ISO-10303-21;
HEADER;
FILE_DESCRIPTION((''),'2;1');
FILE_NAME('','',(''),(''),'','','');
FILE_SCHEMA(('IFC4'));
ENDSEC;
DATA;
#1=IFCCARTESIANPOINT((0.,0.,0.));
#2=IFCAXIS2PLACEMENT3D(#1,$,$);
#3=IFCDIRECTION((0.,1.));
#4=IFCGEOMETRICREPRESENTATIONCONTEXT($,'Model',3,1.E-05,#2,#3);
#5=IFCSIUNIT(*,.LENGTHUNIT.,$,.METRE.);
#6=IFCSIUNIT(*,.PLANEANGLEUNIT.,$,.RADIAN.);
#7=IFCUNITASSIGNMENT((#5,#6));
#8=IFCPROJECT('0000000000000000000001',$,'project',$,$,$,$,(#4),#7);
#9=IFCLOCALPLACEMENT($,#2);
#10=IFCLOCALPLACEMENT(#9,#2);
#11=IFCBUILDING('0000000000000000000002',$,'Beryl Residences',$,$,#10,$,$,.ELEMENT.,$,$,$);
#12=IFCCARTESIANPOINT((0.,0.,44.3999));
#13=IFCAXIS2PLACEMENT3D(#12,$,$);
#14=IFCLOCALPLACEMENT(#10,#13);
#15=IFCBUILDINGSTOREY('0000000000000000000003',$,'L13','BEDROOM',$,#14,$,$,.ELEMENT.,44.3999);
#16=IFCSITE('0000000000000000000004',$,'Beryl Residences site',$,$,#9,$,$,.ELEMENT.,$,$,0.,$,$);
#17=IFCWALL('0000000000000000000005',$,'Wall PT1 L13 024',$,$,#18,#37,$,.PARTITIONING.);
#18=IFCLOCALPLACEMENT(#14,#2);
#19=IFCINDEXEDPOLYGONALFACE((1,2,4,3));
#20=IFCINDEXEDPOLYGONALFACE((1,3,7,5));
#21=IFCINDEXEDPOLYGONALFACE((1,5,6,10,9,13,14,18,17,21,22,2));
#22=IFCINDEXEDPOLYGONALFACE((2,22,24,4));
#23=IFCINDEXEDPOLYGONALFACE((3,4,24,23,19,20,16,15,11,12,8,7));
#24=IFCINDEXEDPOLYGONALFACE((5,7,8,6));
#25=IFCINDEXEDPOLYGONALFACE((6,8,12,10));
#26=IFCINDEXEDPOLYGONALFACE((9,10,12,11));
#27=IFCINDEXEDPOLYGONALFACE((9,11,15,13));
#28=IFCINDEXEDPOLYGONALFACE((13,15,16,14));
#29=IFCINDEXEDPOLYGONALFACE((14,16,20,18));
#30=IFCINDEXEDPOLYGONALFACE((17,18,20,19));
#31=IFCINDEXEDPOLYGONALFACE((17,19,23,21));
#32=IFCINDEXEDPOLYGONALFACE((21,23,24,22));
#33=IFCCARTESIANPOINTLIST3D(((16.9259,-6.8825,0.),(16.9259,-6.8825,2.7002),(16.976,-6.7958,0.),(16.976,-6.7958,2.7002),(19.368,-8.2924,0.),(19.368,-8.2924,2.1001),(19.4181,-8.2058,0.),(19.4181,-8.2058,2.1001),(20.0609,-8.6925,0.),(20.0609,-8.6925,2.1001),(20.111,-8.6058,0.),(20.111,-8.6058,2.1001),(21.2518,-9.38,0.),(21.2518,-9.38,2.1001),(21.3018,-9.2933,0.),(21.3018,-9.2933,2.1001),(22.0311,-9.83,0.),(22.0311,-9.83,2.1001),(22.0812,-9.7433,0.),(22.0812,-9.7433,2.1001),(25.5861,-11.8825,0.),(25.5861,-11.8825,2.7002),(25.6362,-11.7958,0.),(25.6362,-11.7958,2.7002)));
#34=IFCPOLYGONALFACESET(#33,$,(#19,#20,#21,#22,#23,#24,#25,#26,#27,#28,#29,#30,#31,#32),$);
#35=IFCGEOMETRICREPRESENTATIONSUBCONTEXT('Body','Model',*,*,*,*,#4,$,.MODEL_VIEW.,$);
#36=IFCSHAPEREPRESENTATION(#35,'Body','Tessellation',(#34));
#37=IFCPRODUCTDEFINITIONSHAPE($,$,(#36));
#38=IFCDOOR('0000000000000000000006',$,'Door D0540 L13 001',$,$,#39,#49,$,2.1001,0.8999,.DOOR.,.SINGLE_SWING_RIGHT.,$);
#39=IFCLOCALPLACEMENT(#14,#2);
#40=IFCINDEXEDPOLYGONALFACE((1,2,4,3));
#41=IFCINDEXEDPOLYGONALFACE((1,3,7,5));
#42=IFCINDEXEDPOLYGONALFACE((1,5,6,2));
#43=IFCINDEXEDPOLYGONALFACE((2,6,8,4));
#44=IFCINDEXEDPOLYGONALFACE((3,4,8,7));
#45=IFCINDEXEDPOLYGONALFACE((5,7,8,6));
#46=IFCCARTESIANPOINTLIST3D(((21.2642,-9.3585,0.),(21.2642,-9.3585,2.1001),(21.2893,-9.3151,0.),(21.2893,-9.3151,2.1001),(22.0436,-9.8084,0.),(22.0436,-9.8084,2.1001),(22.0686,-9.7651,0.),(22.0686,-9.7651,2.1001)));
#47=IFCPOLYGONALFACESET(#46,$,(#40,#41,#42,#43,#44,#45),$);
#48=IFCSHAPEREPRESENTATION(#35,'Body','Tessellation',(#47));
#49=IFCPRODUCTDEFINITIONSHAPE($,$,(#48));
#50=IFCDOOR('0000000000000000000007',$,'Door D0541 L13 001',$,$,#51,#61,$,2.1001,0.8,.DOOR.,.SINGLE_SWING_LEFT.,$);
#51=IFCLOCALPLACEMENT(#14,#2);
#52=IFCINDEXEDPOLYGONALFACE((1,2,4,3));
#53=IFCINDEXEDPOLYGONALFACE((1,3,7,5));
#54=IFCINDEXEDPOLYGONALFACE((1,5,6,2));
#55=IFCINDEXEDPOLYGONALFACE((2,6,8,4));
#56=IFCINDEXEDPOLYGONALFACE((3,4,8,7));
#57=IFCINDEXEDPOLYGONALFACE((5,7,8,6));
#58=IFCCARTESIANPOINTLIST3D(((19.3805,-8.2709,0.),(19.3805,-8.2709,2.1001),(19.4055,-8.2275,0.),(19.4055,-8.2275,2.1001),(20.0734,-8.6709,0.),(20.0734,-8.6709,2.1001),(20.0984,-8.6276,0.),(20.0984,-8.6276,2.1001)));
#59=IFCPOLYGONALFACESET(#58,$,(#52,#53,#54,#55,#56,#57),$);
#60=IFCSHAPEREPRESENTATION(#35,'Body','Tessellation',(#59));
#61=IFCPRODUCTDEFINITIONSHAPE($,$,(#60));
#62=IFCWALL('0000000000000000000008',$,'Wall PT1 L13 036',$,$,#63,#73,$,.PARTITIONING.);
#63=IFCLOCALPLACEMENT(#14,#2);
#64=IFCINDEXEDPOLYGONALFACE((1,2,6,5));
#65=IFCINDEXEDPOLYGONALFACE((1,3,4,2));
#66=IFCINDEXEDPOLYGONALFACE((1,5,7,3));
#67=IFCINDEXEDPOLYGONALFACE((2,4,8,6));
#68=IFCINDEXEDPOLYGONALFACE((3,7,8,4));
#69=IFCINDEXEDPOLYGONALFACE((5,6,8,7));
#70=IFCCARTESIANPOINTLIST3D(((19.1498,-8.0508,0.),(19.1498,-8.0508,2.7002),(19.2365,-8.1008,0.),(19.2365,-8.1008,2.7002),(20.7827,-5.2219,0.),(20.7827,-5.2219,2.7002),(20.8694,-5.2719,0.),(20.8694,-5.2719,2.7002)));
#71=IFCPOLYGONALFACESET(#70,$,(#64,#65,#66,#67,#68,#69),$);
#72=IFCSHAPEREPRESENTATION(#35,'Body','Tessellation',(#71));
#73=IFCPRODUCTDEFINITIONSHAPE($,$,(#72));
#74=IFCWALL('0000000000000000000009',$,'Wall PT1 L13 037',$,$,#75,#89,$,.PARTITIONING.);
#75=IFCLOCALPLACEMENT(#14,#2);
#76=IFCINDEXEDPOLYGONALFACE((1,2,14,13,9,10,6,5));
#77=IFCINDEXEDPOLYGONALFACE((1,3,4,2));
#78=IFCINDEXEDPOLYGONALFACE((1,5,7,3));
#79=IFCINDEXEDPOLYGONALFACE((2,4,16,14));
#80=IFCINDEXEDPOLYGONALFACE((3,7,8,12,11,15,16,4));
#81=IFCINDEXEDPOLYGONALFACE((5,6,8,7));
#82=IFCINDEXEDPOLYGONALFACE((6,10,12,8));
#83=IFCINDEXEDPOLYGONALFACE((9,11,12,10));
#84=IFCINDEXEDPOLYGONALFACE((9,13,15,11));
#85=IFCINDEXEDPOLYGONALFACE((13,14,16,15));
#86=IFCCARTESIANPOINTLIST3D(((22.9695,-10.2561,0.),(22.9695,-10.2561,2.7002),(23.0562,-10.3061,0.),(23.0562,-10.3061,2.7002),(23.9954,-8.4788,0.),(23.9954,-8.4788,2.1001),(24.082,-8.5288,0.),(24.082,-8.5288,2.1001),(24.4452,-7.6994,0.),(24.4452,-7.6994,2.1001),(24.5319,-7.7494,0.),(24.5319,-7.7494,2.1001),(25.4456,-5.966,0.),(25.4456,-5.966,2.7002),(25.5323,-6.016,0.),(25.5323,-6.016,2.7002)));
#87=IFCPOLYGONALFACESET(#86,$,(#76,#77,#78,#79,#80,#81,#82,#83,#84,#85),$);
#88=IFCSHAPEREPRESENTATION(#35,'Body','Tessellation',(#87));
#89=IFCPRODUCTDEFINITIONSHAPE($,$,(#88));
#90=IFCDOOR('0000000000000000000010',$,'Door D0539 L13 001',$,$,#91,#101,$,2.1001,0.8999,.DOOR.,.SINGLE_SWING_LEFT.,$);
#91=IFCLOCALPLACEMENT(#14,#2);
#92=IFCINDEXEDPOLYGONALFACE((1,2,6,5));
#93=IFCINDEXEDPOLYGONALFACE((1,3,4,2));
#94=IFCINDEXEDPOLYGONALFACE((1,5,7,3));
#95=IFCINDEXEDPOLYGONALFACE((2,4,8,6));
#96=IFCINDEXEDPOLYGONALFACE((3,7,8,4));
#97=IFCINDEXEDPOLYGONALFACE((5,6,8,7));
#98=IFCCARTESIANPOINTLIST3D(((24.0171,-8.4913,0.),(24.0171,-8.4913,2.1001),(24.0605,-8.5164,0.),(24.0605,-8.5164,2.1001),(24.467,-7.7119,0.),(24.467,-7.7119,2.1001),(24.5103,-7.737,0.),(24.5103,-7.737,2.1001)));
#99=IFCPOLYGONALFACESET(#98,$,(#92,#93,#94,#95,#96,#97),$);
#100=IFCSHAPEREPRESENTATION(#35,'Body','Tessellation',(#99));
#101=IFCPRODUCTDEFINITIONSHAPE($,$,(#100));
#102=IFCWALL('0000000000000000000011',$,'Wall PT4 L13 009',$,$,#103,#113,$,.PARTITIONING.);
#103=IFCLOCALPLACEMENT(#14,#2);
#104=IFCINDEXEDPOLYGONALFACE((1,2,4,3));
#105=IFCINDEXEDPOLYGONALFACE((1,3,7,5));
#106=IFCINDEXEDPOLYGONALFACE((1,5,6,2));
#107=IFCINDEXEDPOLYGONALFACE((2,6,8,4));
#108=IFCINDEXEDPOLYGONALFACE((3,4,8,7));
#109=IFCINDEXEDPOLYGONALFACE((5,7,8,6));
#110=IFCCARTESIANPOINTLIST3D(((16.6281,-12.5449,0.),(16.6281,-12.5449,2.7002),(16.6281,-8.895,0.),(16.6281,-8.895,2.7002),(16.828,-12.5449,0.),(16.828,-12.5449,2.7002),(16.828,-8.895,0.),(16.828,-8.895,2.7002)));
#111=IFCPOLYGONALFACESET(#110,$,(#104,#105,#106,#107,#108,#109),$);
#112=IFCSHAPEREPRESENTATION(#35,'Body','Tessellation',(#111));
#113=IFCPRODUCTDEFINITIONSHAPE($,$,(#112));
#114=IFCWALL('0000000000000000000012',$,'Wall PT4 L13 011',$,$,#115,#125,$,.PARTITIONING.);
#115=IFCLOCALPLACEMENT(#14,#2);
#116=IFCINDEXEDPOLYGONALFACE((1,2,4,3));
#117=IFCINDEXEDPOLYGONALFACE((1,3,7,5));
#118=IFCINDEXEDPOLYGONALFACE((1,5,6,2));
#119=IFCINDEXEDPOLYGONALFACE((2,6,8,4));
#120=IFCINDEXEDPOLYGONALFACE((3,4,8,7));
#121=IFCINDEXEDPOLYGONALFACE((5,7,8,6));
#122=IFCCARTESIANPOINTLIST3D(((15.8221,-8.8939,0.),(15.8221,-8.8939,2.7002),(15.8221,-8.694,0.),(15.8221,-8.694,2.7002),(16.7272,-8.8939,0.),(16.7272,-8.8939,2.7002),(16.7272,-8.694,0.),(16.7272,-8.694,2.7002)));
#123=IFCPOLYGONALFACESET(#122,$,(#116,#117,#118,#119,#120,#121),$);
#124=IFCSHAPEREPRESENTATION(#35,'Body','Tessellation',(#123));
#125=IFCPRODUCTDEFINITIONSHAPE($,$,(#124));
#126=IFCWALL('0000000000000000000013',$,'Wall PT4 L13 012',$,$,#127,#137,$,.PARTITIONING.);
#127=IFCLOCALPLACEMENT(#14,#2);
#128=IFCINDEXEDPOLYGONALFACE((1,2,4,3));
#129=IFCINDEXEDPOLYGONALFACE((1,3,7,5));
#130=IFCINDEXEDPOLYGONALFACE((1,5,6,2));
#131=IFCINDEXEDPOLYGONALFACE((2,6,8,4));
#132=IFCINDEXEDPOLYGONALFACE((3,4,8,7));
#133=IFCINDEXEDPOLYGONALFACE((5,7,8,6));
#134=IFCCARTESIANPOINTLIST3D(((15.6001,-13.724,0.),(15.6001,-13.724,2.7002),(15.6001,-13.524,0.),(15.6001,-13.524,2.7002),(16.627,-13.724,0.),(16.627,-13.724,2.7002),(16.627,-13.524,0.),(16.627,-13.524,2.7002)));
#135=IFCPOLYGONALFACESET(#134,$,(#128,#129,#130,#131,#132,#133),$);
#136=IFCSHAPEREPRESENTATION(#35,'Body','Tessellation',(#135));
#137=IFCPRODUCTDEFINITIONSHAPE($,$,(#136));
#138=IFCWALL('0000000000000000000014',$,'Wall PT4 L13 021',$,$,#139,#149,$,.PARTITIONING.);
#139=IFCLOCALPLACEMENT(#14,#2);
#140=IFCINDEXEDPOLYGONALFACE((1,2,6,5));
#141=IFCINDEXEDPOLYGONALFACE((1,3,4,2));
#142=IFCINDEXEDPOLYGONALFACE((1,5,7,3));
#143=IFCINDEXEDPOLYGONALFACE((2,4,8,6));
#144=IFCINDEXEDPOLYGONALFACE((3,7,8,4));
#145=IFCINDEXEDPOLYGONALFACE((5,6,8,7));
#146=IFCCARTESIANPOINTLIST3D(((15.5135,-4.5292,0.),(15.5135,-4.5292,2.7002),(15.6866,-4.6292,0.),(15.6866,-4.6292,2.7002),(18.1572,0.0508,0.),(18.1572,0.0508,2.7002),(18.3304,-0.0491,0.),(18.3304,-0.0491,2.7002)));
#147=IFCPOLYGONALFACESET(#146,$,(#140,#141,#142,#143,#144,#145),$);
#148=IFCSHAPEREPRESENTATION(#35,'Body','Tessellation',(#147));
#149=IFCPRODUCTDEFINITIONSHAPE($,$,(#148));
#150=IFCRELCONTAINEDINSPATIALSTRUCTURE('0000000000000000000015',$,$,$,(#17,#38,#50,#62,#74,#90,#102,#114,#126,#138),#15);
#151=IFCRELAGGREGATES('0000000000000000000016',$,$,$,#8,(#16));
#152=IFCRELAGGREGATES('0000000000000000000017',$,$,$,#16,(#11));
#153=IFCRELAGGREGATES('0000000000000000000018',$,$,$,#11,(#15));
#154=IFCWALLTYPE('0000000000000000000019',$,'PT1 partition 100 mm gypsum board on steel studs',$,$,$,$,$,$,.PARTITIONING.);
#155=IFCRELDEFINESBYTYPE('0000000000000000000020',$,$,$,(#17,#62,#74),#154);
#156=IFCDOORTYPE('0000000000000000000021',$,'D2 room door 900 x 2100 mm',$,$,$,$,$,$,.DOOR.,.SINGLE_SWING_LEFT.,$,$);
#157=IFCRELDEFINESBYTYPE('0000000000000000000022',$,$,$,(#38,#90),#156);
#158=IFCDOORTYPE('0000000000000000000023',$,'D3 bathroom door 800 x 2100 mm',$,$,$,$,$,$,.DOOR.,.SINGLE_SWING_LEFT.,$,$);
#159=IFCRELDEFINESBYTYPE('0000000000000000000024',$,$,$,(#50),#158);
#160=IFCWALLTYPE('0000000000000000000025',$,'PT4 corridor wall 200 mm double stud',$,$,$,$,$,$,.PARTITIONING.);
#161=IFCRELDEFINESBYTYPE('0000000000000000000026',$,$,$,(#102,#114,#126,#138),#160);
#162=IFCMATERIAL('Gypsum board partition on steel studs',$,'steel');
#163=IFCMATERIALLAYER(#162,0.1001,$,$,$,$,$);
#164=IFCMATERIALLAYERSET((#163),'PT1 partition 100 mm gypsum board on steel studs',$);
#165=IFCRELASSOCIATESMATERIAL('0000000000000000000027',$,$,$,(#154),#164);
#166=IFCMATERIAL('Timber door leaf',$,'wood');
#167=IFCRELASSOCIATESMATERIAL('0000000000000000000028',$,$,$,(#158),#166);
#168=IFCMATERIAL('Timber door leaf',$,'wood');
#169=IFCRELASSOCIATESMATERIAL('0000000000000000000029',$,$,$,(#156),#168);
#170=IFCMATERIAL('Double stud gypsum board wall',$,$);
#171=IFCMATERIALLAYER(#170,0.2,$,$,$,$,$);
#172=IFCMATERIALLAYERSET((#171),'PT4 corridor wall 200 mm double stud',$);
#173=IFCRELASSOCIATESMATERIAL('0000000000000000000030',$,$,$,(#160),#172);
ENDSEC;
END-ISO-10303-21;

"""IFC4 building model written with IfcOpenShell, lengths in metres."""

from ifc_helpers import new_model, si_unit, direction, frame, frame_2d, origin, place, context, subcontext, project, spatial, rectangle, extrude, material, layer, layer_set, type_object, element, fill, save


model = new_model("IFC4")

# Units and contexts
model_context = context("Model", 3, precision=1e-05, world=origin(), true_north=direction((0.0, 1.0)))
body_context = subcontext(model_context, "Body", "Model", "MODEL_VIEW")
ifc_project = project(units=[si_unit("LENGTHUNIT", "METRE"), si_unit("PLANEANGLEUNIT", "RADIAN")], contexts=[model_context])

# Site, building, storey
site_placement = place(None, origin())
site = spatial("IfcSite", under=ifc_project, at=site_placement, Name="Beryl Residences site", CompositionType="ELEMENT", RefElevation=0.0)
building_placement = place(site_placement, origin())
building = spatial("IfcBuilding", under=site, at=building_placement, Name="Beryl Residences", CompositionType="ELEMENT")
storey_placement = place(building_placement, frame((0.0, 0.0, 44.3999)))
storey = spatial("IfcBuildingStorey", under=building, at=storey_placement, Name="L13", Description="BEDROOM", CompositionType="ELEMENT", Elevation=44.3999)

# Shared definitions
ifc_material_1 = material(Name="Gypsum board partition on steel studs", Category="steel")
ifc_layer_1 = layer(ifc_material_1, 0.1001)
ifc_layer_set_1 = layer_set([ifc_layer_1], Name="PT1 partition 100 mm gypsum board on steel studs")
wall_type_1 = type_object("IfcWallType", Name="PT1 partition 100 mm gypsum board on steel studs", PredefinedType="PARTITIONING", material=ifc_layer_set_1)

# Shared definitions
ifc_material_2 = material(Name="Timber door leaf", Category="wood")
door_type_1 = type_object("IfcDoorType", Name="D3 bathroom door 800 x 2100 mm", OperationType="SINGLE_SWING_LEFT", PredefinedType="DOOR", material=ifc_material_2)
ifc_material_3 = material(Name="Timber door leaf", Category="wood")
door_type_2 = type_object("IfcDoorType", Name="D2 room door 900 x 2100 mm", OperationType="SINGLE_SWING_LEFT", PredefinedType="DOOR", material=ifc_material_3)

# Wall, openings, doors
wall_1_placement = place(storey_placement, frame((16.9509, -6.8391, 0.0), z_axis=(0.0, 0.0, 1.0), x_axis=(0.866023, -0.500004, 0.0)))
wall_1 = element("IfcWall", 1, at=wall_1_placement, inside=storey, type_object=wall_type_1, Name="Wall PT1 L13 024", PredefinedType="PARTITIONING", context=body_context, shape_type="SweptSolid", body=[
    extrude(rectangle(XDim=10.0, YDim=0.1001, at=frame_2d((5.0, 0.0))), origin(), (0.0, 0.0, 1.0), 2.7002),
])
opening_1_placement = place(wall_1_placement, frame((4.9951, 0.0, 0.0)))
opening_1 = element("IfcOpeningElement", 2, at=opening_1_placement, cuts=wall_1, PredefinedType="OPENING", context=body_context, shape_type="SweptSolid", body=[
    extrude(rectangle(XDim=0.8999, YDim=2.1001, at=frame_2d((0.45, 1.05))), frame((0.0, 0.0601, 0.0), z_axis=(0.0, -1.0, 0.0), x_axis=(1.0, 0.0, 0.0)), (0.0, 0.0, 1.0), 0.1201),
])
opening_2_placement = place(wall_1_placement, frame((2.8201, 0.0, 0.0)))
opening_2 = element("IfcOpeningElement", 3, at=opening_2_placement, cuts=wall_1, PredefinedType="OPENING", context=body_context, shape_type="SweptSolid", body=[
    extrude(rectangle(XDim=0.8, YDim=2.1001, at=frame_2d((0.3999, 1.05))), frame((0.0, 0.0601, 0.0), z_axis=(0.0, -1.0, 0.0), x_axis=(1.0, 0.0, 0.0)), (0.0, 0.0, 1.0), 0.1201),
])
door_1_placement = place(opening_1_placement, origin())
door_1 = element("IfcDoor", 4, at=door_1_placement, inside=storey, type_object=door_type_2, Name="Door D0540 L13 001", OperationType="SINGLE_SWING_RIGHT", OverallHeight=2.1001, OverallWidth=0.8999, PredefinedType="DOOR", context=body_context, shape_type="SweptSolid", body=[
    extrude(rectangle(XDim=0.8999, YDim=2.1001, at=frame_2d((0.45, 1.05))), frame((0.0, 0.0249, 0.0), z_axis=(0.0, -1.0, 0.0), x_axis=(1.0, 0.0, 0.0)), (0.0, 0.0, 1.0), 0.05),
])
fill(opening_1, door_1)
door_2_placement = place(opening_2_placement, origin())
door_2 = element("IfcDoor", 5, at=door_2_placement, inside=storey, type_object=door_type_1, Name="Door D0541 L13 001", OperationType="SINGLE_SWING_LEFT", OverallHeight=2.1001, OverallWidth=0.8, PredefinedType="DOOR", context=body_context, shape_type="SweptSolid", body=[
    extrude(rectangle(XDim=0.8, YDim=2.1001, at=frame_2d((0.3999, 1.05))), frame((0.0, 0.0249, 0.0), z_axis=(0.0, -1.0, 0.0), x_axis=(1.0, 0.0, 0.0)), (0.0, 0.0, 1.0), 0.05),
])
fill(opening_2, door_2)

# Wall
wall_2_placement = place(storey_placement, frame((19.1931, -8.0759, 0.0), z_axis=(0.0, 0.0, 1.0), x_axis=(0.499901, 0.866082, 0.0)))
element("IfcWall", 6, at=wall_2_placement, inside=storey, type_object=wall_type_1, Name="Wall PT1 L13 036", PredefinedType="PARTITIONING", context=body_context, shape_type="SweptSolid", body=[
    extrude(rectangle(XDim=3.2664, YDim=0.1001, at=frame_2d((1.6333, 0.0))), origin(), (0.0, 0.0, 1.0), 2.7002),
])

# Wall, opening, door
wall_3_placement = place(storey_placement, frame((23.0129, -10.281, 0.0), z_axis=(0.0, 0.0, 1.0), x_axis=(0.499882, 0.866094, 0.0)))
wall_3 = element("IfcWall", 7, at=wall_3_placement, inside=storey, type_object=wall_type_1, Name="Wall PT1 L13 037", PredefinedType="PARTITIONING", context=body_context, shape_type="SweptSolid", body=[
    extrude(rectangle(XDim=4.9534, YDim=0.1001, at=frame_2d((2.4766, 0.0))), origin(), (0.0, 0.0, 1.0), 2.7002),
])
opening_3_placement = place(wall_3_placement, frame((2.052, 0.0, 0.0)))
opening_3 = element("IfcOpeningElement", 8, at=opening_3_placement, cuts=wall_3, PredefinedType="OPENING", context=body_context, shape_type="SweptSolid", body=[
    extrude(rectangle(XDim=0.8999, YDim=2.1001, at=frame_2d((0.45, 1.05))), frame((0.0, 0.0601, 0.0), z_axis=(0.0, -1.0, 0.0), x_axis=(1.0, 0.0, 0.0)), (0.0, 0.0, 1.0), 0.1201),
])
door_3_placement = place(opening_3_placement, origin())
door_3 = element("IfcDoor", 9, at=door_3_placement, inside=storey, type_object=door_type_2, Name="Door D0539 L13 001", OperationType="SINGLE_SWING_LEFT", OverallHeight=2.1001, OverallWidth=0.8999, PredefinedType="DOOR", context=body_context, shape_type="SweptSolid", body=[
    extrude(rectangle(XDim=0.8999, YDim=2.1001, at=frame_2d((0.45, 1.05))), frame((0.0, 0.0249, 0.0), z_axis=(0.0, -1.0, 0.0), x_axis=(1.0, 0.0, 0.0)), (0.0, 0.0, 1.0), 0.05),
])
fill(opening_3, door_3)

# Walls
ifc_material_4 = material(Name="Double stud gypsum board wall")
ifc_layer_2 = layer(ifc_material_4, 0.2)
ifc_layer_set_2 = layer_set([ifc_layer_2], Name="PT4 corridor wall 200 mm double stud")
wall_type_2 = type_object("IfcWallType", Name="PT4 corridor wall 200 mm double stud", PredefinedType="PARTITIONING", material=ifc_layer_set_2)
wall_4_placement = place(storey_placement, frame((16.728, -8.895, 0.0), z_axis=(0.0, 0.0, 1.0), x_axis=(0.0, -1.0, 0.0)))
element("IfcWall", 10, at=wall_4_placement, inside=storey, type_object=wall_type_2, Name="Wall PT4 L13 009", PredefinedType="PARTITIONING", context=body_context, shape_type="SweptSolid", body=[
    extrude(rectangle(XDim=3.6499, YDim=0.2, at=frame_2d((1.825, 0.0))), origin(), (0.0, 0.0, 1.0), 2.7002),
])
wall_5_placement = place(storey_placement, frame((15.822, -8.7939, 0.0), z_axis=(0.0, 0.0, 1.0), x_axis=(1.0, 0.0, 0.0)))
element("IfcWall", 11, at=wall_5_placement, inside=storey, type_object=wall_type_2, Name="Wall PT4 L13 011", PredefinedType="PARTITIONING", context=body_context, shape_type="SweptSolid", body=[
    extrude(rectangle(XDim=0.905, YDim=0.2, at=frame_2d((0.4526, 0.0))), origin(), (0.0, 0.0, 1.0), 2.7002),
])
wall_6_placement = place(storey_placement, frame((15.6001, -13.624, 0.0), z_axis=(0.0, 0.0, 1.0), x_axis=(1.0, 0.0, 0.0)))
element("IfcWall", 12, at=wall_6_placement, inside=storey, type_object=wall_type_2, Name="Wall PT4 L13 012", PredefinedType="PARTITIONING", context=body_context, shape_type="SweptSolid", body=[
    extrude(rectangle(XDim=1.0269, YDim=0.2, at=frame_2d((0.5134, 0.0))), origin(), (0.0, 0.0, 1.0), 2.7002),
])
wall_7_placement = place(storey_placement, frame((15.6001, -4.5791, 0.0), z_axis=(0.0, 0.0, 1.0), x_axis=(0.499928, 0.866067, 0.0)))
element("IfcWall", 13, at=wall_7_placement, inside=storey, type_object=wall_type_2, Name="Wall PT4 L13 021", PredefinedType="PARTITIONING", context=body_context, shape_type="SweptSolid", body=[
    extrude(rectangle(XDim=5.2883, YDim=0.2, at=frame_2d((2.644, 0.0))), origin(), (0.0, 0.0, 1.0), 2.7002),
])

save(model, "model.ifc")
